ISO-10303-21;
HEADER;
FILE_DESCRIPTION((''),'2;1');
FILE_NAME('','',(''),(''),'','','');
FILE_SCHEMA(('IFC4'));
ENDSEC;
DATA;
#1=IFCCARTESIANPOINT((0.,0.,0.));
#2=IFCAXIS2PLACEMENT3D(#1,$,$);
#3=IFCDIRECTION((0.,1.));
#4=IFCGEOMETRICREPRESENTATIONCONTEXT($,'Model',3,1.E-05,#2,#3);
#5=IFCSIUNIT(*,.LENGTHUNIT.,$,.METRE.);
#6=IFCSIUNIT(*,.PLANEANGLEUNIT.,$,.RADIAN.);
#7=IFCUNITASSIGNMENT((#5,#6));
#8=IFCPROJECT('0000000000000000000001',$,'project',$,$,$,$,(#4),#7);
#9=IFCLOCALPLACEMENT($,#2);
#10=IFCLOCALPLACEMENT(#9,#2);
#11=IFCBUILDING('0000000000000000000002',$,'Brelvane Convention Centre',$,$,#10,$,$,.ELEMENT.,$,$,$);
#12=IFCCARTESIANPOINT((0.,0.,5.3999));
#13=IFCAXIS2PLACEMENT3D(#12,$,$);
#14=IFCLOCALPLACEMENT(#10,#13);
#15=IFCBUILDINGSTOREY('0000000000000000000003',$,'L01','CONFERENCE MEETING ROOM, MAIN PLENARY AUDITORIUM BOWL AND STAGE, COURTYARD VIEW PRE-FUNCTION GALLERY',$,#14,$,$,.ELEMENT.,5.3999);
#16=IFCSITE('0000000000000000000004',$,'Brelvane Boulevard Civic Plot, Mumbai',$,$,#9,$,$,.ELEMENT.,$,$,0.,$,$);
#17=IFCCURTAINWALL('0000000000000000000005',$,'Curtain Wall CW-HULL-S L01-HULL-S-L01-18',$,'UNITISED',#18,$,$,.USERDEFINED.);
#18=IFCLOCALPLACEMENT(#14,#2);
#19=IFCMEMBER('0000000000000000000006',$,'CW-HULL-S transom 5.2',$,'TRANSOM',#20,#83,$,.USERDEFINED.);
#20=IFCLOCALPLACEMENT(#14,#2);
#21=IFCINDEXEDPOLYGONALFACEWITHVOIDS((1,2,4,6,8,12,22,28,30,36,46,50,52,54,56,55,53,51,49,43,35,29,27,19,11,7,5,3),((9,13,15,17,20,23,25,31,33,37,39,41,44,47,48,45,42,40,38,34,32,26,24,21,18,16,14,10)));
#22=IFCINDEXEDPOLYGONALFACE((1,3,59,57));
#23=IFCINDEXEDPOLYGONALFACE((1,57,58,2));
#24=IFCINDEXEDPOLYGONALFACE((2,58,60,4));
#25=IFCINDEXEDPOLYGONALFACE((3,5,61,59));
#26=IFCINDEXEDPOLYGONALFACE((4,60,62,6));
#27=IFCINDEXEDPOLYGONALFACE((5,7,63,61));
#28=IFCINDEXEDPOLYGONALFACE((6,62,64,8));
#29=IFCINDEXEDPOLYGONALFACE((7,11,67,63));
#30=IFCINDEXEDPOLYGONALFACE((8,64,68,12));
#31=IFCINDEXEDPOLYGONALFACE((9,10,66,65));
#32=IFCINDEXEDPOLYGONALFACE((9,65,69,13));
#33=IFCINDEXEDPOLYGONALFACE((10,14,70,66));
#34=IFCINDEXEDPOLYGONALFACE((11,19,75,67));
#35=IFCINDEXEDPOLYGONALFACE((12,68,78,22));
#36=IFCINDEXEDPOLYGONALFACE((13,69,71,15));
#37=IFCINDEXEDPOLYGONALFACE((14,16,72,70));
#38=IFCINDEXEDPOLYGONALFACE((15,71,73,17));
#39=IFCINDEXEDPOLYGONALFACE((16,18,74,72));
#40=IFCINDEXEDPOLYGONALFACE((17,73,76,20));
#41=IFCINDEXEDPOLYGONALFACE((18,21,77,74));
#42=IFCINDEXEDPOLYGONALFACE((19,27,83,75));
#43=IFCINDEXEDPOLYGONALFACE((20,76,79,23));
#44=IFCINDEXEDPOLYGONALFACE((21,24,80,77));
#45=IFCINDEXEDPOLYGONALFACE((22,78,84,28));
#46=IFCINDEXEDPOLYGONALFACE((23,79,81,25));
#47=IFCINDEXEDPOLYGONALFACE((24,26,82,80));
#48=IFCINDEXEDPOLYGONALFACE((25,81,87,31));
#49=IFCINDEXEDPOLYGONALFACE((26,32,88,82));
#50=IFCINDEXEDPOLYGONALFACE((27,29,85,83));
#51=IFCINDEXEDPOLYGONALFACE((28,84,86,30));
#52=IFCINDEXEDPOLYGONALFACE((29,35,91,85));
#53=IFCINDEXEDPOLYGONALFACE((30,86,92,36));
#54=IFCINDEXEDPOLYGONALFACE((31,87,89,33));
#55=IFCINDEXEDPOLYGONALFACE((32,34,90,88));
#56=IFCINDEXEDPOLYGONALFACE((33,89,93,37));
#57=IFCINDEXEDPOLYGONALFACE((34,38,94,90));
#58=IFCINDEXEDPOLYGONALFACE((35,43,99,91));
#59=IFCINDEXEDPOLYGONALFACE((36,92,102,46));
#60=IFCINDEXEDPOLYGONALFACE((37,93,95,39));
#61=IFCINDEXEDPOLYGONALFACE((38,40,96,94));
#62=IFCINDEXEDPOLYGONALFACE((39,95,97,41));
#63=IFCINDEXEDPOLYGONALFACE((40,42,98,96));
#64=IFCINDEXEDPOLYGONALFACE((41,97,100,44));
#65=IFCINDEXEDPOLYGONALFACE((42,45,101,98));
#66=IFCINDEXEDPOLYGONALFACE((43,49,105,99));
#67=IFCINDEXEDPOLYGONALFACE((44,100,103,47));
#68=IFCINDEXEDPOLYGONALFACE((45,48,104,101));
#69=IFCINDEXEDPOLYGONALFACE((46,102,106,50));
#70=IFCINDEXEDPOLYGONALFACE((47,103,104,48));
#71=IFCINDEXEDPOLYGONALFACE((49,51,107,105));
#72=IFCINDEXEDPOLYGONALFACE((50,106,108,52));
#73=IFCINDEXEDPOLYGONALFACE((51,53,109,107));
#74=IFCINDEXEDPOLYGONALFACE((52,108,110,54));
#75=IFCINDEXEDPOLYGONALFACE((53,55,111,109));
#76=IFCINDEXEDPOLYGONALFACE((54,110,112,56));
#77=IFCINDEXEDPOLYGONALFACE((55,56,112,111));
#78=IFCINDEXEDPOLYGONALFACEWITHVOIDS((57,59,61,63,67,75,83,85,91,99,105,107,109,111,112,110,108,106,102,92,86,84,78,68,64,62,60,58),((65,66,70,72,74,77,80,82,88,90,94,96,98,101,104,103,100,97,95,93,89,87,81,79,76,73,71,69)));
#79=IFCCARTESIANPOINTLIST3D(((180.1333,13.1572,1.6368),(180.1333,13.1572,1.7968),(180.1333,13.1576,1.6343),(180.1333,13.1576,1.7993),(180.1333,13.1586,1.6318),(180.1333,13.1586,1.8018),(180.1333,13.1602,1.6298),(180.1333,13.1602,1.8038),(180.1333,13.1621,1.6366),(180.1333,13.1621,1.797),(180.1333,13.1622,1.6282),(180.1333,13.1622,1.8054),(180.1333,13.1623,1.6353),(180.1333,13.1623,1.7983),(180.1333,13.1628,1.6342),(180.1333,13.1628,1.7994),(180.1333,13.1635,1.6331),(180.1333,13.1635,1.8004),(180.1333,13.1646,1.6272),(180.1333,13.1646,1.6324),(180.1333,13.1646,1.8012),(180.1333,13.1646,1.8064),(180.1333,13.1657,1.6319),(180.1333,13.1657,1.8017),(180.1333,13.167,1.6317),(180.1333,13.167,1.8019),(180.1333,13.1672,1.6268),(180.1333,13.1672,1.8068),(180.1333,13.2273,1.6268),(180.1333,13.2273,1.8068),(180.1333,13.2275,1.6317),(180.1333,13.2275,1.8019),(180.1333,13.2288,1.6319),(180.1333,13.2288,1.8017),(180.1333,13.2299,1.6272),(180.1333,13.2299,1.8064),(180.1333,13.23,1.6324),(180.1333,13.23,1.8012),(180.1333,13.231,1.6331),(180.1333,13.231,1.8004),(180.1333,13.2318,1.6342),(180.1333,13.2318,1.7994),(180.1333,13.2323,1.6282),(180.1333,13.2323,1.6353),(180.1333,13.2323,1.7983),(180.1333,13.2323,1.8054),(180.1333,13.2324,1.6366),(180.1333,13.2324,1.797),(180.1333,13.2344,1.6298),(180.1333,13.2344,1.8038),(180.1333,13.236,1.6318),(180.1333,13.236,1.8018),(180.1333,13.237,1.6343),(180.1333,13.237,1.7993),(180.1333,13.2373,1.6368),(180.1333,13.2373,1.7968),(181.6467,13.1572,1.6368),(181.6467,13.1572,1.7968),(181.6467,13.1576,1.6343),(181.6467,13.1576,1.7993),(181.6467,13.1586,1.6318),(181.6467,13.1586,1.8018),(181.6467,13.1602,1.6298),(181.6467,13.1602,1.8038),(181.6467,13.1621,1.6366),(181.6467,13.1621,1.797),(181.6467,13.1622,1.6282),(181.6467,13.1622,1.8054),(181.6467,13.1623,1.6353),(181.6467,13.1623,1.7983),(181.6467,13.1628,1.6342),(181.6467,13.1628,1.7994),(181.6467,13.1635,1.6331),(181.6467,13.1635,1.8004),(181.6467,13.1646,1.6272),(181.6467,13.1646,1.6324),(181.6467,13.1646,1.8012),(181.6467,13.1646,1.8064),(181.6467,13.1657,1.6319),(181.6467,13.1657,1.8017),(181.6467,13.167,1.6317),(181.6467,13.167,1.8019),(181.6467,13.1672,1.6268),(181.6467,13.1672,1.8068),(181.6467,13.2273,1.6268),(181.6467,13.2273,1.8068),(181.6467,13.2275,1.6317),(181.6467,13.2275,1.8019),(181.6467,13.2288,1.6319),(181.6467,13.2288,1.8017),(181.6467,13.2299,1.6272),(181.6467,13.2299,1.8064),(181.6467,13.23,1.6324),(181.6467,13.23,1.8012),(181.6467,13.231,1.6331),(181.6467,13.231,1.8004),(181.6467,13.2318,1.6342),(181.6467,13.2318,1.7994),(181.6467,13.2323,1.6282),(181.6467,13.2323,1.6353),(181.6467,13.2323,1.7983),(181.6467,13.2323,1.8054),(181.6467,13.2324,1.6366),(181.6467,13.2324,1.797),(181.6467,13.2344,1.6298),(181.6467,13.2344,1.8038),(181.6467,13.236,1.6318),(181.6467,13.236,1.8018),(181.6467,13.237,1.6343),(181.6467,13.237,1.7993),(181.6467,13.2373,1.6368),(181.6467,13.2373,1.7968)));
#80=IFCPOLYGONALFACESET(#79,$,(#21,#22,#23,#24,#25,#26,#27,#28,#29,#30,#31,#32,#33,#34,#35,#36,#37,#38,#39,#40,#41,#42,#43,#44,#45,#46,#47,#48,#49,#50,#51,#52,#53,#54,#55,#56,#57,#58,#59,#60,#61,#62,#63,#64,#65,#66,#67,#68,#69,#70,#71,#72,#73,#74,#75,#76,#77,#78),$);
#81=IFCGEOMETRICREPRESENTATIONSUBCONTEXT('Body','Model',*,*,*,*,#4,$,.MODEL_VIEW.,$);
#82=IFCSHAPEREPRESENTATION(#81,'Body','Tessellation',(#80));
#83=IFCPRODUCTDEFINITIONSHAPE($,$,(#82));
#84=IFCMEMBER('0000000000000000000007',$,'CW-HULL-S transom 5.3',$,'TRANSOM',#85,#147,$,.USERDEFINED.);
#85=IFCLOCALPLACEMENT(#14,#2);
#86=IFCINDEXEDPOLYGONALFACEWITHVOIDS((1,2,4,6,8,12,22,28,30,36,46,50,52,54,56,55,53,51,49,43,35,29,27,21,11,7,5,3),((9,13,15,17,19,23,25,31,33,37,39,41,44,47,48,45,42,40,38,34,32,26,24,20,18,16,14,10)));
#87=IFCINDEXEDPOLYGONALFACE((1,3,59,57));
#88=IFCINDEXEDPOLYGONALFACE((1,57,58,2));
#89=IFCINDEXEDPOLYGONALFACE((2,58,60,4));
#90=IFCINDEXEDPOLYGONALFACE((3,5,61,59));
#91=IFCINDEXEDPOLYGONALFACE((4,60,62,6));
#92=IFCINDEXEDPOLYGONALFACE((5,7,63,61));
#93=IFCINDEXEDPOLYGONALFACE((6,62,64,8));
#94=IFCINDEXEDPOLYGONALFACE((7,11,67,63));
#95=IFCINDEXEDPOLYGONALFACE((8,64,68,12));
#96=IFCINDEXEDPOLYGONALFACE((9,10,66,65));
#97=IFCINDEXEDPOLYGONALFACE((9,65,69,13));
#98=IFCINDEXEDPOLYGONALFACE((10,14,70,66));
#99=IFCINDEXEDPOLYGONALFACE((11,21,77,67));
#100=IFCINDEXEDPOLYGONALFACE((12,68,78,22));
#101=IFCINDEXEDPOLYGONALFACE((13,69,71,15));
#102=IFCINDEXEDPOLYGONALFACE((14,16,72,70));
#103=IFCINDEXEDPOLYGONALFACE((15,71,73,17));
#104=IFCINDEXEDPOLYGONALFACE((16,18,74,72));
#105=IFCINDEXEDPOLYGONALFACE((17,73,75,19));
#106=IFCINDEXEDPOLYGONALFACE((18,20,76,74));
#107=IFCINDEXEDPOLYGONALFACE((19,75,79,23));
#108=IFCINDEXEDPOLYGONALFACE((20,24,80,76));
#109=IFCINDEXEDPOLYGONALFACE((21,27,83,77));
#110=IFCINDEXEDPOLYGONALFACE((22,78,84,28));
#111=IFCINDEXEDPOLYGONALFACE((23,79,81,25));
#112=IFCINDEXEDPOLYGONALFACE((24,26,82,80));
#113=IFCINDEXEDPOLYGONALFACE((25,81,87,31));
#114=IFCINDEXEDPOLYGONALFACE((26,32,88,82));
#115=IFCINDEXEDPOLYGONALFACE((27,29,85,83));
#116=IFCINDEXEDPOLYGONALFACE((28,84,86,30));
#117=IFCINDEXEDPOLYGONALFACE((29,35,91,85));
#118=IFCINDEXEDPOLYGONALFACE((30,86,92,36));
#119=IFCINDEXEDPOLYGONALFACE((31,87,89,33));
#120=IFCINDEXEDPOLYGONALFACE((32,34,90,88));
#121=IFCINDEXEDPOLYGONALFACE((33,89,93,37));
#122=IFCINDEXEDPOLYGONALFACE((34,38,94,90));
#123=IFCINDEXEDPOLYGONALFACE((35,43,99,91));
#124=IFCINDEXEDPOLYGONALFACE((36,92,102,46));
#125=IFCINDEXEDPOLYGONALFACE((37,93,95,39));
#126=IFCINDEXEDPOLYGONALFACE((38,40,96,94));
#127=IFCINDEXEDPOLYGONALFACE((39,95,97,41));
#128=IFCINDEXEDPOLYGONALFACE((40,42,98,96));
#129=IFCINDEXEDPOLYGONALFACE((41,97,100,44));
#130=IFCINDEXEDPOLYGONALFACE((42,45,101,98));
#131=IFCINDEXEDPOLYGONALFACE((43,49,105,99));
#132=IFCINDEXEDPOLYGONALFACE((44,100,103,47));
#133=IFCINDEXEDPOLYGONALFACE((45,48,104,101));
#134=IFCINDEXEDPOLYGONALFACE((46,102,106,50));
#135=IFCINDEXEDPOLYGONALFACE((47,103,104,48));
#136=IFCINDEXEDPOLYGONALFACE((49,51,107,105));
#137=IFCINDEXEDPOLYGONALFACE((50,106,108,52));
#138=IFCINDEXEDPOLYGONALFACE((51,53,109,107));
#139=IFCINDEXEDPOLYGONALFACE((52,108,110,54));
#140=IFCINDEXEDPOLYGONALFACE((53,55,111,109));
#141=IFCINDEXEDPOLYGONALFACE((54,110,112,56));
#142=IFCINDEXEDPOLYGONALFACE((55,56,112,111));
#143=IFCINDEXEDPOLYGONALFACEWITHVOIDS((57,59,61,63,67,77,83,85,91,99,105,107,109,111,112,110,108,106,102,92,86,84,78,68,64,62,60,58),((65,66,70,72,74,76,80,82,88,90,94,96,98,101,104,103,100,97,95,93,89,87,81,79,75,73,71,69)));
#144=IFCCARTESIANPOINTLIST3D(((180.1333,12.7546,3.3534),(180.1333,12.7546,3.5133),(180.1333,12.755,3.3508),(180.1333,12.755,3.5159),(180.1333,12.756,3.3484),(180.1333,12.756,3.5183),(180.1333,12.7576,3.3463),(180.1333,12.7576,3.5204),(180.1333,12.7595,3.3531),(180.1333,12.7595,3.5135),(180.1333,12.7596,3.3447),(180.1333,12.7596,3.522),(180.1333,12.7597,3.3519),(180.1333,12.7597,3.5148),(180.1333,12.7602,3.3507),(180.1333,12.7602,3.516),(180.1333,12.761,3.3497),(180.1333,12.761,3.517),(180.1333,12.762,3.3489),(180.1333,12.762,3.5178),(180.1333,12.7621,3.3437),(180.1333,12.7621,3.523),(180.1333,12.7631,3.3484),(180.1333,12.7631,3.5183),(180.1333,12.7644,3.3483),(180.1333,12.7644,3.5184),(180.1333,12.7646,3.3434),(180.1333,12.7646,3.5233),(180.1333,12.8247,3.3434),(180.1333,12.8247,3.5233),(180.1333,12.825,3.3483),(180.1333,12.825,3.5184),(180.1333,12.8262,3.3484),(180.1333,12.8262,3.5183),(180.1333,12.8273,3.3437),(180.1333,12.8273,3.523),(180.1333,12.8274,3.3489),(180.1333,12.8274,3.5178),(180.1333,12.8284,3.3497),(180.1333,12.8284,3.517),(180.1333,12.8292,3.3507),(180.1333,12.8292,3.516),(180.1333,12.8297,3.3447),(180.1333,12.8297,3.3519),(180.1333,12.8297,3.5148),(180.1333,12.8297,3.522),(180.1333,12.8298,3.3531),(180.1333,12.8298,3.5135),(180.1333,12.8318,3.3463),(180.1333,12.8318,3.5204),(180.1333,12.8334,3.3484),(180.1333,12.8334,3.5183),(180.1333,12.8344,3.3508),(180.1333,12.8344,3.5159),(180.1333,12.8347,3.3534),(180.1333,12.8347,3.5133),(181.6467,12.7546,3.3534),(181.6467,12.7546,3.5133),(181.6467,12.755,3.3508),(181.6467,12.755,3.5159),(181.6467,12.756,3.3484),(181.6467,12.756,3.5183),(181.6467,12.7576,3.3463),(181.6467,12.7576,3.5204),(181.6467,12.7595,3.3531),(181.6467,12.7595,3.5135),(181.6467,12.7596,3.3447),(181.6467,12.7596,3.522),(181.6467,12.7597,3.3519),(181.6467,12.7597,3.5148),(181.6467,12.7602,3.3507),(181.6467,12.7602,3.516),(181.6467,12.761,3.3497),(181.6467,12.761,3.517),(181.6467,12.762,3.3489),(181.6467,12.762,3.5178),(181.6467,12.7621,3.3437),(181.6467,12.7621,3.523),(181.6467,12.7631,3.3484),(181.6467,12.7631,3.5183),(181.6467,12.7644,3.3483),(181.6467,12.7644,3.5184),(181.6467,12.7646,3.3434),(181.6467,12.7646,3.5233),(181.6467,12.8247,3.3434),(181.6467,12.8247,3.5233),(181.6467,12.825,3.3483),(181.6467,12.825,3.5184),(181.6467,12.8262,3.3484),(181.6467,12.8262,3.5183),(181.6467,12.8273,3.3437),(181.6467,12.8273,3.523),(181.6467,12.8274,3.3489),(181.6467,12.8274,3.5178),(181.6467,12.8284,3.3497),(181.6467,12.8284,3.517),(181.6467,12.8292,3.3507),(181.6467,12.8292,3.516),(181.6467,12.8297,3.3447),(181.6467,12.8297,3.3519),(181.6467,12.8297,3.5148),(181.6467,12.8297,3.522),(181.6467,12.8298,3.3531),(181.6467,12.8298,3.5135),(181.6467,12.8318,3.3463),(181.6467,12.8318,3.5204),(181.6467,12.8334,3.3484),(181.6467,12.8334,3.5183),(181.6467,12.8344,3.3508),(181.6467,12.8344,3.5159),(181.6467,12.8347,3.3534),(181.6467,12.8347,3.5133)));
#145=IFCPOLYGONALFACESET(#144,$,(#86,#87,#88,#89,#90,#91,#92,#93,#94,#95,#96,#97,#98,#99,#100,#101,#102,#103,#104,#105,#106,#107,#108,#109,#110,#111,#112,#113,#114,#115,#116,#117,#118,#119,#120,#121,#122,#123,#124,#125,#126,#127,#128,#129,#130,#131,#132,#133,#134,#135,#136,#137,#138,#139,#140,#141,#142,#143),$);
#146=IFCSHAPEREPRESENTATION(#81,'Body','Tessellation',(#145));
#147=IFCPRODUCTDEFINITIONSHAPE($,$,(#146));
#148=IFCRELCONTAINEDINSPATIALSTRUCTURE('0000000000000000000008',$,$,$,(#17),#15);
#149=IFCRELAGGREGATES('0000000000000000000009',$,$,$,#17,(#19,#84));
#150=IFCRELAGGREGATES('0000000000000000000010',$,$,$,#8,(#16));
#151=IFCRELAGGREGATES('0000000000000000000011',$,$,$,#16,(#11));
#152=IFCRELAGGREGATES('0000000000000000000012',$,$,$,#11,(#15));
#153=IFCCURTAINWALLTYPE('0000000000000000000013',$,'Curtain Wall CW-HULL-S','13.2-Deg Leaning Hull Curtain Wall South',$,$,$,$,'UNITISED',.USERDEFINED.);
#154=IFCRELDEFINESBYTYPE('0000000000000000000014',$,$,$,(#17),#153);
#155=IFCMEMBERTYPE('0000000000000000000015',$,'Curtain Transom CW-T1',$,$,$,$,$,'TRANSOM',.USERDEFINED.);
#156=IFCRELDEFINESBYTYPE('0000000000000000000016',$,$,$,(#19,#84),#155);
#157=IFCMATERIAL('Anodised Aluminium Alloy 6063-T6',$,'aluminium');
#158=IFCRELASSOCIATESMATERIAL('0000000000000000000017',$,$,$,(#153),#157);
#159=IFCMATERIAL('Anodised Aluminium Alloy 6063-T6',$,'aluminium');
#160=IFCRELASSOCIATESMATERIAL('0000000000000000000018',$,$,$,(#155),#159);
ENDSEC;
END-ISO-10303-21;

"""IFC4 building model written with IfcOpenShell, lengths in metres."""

from ifc_helpers import new_model, si_unit, direction, frame, origin, origin_2d, place, context, subcontext, project, spatial, hollow_rectangle, extrude, material, material_profile, profile_set, type_object, element, aggregate, save


model = new_model("IFC4")

# Units and contexts
model_context = context("Model", 3, precision=1e-05, world=origin(), true_north=direction((0.0, 1.0)))
body_context = subcontext(model_context, "Body", "Model", "MODEL_VIEW")
ifc_project = project(units=[si_unit("LENGTHUNIT", "METRE"), si_unit("PLANEANGLEUNIT", "RADIAN")], contexts=[model_context])

# Site, building, storey
site_placement = place(None, origin())
site = spatial("IfcSite", under=ifc_project, at=site_placement, Name="Brelvane Boulevard Civic Plot, Mumbai", CompositionType="ELEMENT", RefElevation=0.0)
building_placement = place(site_placement, origin())
building = spatial("IfcBuilding", under=site, at=building_placement, Name="Brelvane Convention Centre", CompositionType="ELEMENT")
storey_placement = place(building_placement, frame((0.0, 0.0, 5.3999)))
storey = spatial("IfcBuildingStorey", under=building, at=storey_placement, Name="L01", Description="CONFERENCE MEETING ROOM, MAIN PLENARY AUDITORIUM BOWL AND STAGE, COURTYARD VIEW PRE-FUNCTION GALLERY", CompositionType="ELEMENT", Elevation=5.3999)

# Curtain wall, members
ifc_material_1 = material(Name="Anodised Aluminium Alloy 6063-T6", Category="aluminium")
curtain_wall_type = type_object("IfcCurtainWallType", Name="Curtain Wall CW-HULL-S", Description="13.2-Deg Leaning Hull Curtain Wall South", ElementType="UNITISED", PredefinedType="USERDEFINED", material=ifc_material_1)
curtain_wall_1_placement = place(storey_placement, origin())
curtain_wall_1 = element("IfcCurtainWall", 1, at=curtain_wall_1_placement, inside=storey, type_object=curtain_wall_type, Name="Curtain Wall CW-HULL-S L01-HULL-S-L01-18", ObjectType="UNITISED", PredefinedType="USERDEFINED")
ifc_material_2 = material(Name="Anodised Aluminium Alloy 6063-T6", Category="aluminium")
ifc_material_profile = material_profile(ifc_material_2, hollow_rectangle(XDim=0.0801, YDim=0.1799, WallThickness=0.0049, InnerFilletRadius=0.0049, OuterFilletRadius=0.01, at=origin_2d()), Name="ALU-T 180x80x5.0")
ifc_profile_set = profile_set([ifc_material_profile], Name="Anodised Aluminium Alloy 6063-T6")
member_type = type_object("IfcMemberType", Name="Curtain Transom CW-T1", ElementType="TRANSOM", PredefinedType="USERDEFINED", material=ifc_profile_set)
member_1_placement = place(storey_placement, frame((180.1333, 13.1973, 1.7168), z_axis=(1.0, 0.0, 0.0), x_axis=(0.0, 1.0, 0.0)))
member_1 = element("IfcMember", 2, at=member_1_placement, type_object=member_type, Name="CW-HULL-S transom 5.2", ObjectType="TRANSOM", PredefinedType="USERDEFINED", context=body_context, shape_type="SweptSolid", body=[
    extrude(hollow_rectangle(XDim=0.0801, YDim=0.1799, WallThickness=0.0049, InnerFilletRadius=0.0049, OuterFilletRadius=0.01, at=origin_2d()), origin(), (0.0, 0.0, 1.0), 1.5134),
])
member_2_placement = place(storey_placement, frame((180.1333, 12.7947, 3.4333), z_axis=(1.0, 0.0, 0.0), x_axis=(0.0, 1.0, 0.0)))
member_2 = element("IfcMember", 3, at=member_2_placement, type_object=member_type, Name="CW-HULL-S transom 5.3", ObjectType="TRANSOM", PredefinedType="USERDEFINED", context=body_context, shape_type="SweptSolid", body=[
    extrude(hollow_rectangle(XDim=0.0801, YDim=0.1799, WallThickness=0.0049, InnerFilletRadius=0.0049, OuterFilletRadius=0.01, at=origin_2d()), origin(), (0.0, 0.0, 1.0), 1.5134),
])

aggregate(curtain_wall_1, [member_1, member_2])

save(model, "model.ifc")
